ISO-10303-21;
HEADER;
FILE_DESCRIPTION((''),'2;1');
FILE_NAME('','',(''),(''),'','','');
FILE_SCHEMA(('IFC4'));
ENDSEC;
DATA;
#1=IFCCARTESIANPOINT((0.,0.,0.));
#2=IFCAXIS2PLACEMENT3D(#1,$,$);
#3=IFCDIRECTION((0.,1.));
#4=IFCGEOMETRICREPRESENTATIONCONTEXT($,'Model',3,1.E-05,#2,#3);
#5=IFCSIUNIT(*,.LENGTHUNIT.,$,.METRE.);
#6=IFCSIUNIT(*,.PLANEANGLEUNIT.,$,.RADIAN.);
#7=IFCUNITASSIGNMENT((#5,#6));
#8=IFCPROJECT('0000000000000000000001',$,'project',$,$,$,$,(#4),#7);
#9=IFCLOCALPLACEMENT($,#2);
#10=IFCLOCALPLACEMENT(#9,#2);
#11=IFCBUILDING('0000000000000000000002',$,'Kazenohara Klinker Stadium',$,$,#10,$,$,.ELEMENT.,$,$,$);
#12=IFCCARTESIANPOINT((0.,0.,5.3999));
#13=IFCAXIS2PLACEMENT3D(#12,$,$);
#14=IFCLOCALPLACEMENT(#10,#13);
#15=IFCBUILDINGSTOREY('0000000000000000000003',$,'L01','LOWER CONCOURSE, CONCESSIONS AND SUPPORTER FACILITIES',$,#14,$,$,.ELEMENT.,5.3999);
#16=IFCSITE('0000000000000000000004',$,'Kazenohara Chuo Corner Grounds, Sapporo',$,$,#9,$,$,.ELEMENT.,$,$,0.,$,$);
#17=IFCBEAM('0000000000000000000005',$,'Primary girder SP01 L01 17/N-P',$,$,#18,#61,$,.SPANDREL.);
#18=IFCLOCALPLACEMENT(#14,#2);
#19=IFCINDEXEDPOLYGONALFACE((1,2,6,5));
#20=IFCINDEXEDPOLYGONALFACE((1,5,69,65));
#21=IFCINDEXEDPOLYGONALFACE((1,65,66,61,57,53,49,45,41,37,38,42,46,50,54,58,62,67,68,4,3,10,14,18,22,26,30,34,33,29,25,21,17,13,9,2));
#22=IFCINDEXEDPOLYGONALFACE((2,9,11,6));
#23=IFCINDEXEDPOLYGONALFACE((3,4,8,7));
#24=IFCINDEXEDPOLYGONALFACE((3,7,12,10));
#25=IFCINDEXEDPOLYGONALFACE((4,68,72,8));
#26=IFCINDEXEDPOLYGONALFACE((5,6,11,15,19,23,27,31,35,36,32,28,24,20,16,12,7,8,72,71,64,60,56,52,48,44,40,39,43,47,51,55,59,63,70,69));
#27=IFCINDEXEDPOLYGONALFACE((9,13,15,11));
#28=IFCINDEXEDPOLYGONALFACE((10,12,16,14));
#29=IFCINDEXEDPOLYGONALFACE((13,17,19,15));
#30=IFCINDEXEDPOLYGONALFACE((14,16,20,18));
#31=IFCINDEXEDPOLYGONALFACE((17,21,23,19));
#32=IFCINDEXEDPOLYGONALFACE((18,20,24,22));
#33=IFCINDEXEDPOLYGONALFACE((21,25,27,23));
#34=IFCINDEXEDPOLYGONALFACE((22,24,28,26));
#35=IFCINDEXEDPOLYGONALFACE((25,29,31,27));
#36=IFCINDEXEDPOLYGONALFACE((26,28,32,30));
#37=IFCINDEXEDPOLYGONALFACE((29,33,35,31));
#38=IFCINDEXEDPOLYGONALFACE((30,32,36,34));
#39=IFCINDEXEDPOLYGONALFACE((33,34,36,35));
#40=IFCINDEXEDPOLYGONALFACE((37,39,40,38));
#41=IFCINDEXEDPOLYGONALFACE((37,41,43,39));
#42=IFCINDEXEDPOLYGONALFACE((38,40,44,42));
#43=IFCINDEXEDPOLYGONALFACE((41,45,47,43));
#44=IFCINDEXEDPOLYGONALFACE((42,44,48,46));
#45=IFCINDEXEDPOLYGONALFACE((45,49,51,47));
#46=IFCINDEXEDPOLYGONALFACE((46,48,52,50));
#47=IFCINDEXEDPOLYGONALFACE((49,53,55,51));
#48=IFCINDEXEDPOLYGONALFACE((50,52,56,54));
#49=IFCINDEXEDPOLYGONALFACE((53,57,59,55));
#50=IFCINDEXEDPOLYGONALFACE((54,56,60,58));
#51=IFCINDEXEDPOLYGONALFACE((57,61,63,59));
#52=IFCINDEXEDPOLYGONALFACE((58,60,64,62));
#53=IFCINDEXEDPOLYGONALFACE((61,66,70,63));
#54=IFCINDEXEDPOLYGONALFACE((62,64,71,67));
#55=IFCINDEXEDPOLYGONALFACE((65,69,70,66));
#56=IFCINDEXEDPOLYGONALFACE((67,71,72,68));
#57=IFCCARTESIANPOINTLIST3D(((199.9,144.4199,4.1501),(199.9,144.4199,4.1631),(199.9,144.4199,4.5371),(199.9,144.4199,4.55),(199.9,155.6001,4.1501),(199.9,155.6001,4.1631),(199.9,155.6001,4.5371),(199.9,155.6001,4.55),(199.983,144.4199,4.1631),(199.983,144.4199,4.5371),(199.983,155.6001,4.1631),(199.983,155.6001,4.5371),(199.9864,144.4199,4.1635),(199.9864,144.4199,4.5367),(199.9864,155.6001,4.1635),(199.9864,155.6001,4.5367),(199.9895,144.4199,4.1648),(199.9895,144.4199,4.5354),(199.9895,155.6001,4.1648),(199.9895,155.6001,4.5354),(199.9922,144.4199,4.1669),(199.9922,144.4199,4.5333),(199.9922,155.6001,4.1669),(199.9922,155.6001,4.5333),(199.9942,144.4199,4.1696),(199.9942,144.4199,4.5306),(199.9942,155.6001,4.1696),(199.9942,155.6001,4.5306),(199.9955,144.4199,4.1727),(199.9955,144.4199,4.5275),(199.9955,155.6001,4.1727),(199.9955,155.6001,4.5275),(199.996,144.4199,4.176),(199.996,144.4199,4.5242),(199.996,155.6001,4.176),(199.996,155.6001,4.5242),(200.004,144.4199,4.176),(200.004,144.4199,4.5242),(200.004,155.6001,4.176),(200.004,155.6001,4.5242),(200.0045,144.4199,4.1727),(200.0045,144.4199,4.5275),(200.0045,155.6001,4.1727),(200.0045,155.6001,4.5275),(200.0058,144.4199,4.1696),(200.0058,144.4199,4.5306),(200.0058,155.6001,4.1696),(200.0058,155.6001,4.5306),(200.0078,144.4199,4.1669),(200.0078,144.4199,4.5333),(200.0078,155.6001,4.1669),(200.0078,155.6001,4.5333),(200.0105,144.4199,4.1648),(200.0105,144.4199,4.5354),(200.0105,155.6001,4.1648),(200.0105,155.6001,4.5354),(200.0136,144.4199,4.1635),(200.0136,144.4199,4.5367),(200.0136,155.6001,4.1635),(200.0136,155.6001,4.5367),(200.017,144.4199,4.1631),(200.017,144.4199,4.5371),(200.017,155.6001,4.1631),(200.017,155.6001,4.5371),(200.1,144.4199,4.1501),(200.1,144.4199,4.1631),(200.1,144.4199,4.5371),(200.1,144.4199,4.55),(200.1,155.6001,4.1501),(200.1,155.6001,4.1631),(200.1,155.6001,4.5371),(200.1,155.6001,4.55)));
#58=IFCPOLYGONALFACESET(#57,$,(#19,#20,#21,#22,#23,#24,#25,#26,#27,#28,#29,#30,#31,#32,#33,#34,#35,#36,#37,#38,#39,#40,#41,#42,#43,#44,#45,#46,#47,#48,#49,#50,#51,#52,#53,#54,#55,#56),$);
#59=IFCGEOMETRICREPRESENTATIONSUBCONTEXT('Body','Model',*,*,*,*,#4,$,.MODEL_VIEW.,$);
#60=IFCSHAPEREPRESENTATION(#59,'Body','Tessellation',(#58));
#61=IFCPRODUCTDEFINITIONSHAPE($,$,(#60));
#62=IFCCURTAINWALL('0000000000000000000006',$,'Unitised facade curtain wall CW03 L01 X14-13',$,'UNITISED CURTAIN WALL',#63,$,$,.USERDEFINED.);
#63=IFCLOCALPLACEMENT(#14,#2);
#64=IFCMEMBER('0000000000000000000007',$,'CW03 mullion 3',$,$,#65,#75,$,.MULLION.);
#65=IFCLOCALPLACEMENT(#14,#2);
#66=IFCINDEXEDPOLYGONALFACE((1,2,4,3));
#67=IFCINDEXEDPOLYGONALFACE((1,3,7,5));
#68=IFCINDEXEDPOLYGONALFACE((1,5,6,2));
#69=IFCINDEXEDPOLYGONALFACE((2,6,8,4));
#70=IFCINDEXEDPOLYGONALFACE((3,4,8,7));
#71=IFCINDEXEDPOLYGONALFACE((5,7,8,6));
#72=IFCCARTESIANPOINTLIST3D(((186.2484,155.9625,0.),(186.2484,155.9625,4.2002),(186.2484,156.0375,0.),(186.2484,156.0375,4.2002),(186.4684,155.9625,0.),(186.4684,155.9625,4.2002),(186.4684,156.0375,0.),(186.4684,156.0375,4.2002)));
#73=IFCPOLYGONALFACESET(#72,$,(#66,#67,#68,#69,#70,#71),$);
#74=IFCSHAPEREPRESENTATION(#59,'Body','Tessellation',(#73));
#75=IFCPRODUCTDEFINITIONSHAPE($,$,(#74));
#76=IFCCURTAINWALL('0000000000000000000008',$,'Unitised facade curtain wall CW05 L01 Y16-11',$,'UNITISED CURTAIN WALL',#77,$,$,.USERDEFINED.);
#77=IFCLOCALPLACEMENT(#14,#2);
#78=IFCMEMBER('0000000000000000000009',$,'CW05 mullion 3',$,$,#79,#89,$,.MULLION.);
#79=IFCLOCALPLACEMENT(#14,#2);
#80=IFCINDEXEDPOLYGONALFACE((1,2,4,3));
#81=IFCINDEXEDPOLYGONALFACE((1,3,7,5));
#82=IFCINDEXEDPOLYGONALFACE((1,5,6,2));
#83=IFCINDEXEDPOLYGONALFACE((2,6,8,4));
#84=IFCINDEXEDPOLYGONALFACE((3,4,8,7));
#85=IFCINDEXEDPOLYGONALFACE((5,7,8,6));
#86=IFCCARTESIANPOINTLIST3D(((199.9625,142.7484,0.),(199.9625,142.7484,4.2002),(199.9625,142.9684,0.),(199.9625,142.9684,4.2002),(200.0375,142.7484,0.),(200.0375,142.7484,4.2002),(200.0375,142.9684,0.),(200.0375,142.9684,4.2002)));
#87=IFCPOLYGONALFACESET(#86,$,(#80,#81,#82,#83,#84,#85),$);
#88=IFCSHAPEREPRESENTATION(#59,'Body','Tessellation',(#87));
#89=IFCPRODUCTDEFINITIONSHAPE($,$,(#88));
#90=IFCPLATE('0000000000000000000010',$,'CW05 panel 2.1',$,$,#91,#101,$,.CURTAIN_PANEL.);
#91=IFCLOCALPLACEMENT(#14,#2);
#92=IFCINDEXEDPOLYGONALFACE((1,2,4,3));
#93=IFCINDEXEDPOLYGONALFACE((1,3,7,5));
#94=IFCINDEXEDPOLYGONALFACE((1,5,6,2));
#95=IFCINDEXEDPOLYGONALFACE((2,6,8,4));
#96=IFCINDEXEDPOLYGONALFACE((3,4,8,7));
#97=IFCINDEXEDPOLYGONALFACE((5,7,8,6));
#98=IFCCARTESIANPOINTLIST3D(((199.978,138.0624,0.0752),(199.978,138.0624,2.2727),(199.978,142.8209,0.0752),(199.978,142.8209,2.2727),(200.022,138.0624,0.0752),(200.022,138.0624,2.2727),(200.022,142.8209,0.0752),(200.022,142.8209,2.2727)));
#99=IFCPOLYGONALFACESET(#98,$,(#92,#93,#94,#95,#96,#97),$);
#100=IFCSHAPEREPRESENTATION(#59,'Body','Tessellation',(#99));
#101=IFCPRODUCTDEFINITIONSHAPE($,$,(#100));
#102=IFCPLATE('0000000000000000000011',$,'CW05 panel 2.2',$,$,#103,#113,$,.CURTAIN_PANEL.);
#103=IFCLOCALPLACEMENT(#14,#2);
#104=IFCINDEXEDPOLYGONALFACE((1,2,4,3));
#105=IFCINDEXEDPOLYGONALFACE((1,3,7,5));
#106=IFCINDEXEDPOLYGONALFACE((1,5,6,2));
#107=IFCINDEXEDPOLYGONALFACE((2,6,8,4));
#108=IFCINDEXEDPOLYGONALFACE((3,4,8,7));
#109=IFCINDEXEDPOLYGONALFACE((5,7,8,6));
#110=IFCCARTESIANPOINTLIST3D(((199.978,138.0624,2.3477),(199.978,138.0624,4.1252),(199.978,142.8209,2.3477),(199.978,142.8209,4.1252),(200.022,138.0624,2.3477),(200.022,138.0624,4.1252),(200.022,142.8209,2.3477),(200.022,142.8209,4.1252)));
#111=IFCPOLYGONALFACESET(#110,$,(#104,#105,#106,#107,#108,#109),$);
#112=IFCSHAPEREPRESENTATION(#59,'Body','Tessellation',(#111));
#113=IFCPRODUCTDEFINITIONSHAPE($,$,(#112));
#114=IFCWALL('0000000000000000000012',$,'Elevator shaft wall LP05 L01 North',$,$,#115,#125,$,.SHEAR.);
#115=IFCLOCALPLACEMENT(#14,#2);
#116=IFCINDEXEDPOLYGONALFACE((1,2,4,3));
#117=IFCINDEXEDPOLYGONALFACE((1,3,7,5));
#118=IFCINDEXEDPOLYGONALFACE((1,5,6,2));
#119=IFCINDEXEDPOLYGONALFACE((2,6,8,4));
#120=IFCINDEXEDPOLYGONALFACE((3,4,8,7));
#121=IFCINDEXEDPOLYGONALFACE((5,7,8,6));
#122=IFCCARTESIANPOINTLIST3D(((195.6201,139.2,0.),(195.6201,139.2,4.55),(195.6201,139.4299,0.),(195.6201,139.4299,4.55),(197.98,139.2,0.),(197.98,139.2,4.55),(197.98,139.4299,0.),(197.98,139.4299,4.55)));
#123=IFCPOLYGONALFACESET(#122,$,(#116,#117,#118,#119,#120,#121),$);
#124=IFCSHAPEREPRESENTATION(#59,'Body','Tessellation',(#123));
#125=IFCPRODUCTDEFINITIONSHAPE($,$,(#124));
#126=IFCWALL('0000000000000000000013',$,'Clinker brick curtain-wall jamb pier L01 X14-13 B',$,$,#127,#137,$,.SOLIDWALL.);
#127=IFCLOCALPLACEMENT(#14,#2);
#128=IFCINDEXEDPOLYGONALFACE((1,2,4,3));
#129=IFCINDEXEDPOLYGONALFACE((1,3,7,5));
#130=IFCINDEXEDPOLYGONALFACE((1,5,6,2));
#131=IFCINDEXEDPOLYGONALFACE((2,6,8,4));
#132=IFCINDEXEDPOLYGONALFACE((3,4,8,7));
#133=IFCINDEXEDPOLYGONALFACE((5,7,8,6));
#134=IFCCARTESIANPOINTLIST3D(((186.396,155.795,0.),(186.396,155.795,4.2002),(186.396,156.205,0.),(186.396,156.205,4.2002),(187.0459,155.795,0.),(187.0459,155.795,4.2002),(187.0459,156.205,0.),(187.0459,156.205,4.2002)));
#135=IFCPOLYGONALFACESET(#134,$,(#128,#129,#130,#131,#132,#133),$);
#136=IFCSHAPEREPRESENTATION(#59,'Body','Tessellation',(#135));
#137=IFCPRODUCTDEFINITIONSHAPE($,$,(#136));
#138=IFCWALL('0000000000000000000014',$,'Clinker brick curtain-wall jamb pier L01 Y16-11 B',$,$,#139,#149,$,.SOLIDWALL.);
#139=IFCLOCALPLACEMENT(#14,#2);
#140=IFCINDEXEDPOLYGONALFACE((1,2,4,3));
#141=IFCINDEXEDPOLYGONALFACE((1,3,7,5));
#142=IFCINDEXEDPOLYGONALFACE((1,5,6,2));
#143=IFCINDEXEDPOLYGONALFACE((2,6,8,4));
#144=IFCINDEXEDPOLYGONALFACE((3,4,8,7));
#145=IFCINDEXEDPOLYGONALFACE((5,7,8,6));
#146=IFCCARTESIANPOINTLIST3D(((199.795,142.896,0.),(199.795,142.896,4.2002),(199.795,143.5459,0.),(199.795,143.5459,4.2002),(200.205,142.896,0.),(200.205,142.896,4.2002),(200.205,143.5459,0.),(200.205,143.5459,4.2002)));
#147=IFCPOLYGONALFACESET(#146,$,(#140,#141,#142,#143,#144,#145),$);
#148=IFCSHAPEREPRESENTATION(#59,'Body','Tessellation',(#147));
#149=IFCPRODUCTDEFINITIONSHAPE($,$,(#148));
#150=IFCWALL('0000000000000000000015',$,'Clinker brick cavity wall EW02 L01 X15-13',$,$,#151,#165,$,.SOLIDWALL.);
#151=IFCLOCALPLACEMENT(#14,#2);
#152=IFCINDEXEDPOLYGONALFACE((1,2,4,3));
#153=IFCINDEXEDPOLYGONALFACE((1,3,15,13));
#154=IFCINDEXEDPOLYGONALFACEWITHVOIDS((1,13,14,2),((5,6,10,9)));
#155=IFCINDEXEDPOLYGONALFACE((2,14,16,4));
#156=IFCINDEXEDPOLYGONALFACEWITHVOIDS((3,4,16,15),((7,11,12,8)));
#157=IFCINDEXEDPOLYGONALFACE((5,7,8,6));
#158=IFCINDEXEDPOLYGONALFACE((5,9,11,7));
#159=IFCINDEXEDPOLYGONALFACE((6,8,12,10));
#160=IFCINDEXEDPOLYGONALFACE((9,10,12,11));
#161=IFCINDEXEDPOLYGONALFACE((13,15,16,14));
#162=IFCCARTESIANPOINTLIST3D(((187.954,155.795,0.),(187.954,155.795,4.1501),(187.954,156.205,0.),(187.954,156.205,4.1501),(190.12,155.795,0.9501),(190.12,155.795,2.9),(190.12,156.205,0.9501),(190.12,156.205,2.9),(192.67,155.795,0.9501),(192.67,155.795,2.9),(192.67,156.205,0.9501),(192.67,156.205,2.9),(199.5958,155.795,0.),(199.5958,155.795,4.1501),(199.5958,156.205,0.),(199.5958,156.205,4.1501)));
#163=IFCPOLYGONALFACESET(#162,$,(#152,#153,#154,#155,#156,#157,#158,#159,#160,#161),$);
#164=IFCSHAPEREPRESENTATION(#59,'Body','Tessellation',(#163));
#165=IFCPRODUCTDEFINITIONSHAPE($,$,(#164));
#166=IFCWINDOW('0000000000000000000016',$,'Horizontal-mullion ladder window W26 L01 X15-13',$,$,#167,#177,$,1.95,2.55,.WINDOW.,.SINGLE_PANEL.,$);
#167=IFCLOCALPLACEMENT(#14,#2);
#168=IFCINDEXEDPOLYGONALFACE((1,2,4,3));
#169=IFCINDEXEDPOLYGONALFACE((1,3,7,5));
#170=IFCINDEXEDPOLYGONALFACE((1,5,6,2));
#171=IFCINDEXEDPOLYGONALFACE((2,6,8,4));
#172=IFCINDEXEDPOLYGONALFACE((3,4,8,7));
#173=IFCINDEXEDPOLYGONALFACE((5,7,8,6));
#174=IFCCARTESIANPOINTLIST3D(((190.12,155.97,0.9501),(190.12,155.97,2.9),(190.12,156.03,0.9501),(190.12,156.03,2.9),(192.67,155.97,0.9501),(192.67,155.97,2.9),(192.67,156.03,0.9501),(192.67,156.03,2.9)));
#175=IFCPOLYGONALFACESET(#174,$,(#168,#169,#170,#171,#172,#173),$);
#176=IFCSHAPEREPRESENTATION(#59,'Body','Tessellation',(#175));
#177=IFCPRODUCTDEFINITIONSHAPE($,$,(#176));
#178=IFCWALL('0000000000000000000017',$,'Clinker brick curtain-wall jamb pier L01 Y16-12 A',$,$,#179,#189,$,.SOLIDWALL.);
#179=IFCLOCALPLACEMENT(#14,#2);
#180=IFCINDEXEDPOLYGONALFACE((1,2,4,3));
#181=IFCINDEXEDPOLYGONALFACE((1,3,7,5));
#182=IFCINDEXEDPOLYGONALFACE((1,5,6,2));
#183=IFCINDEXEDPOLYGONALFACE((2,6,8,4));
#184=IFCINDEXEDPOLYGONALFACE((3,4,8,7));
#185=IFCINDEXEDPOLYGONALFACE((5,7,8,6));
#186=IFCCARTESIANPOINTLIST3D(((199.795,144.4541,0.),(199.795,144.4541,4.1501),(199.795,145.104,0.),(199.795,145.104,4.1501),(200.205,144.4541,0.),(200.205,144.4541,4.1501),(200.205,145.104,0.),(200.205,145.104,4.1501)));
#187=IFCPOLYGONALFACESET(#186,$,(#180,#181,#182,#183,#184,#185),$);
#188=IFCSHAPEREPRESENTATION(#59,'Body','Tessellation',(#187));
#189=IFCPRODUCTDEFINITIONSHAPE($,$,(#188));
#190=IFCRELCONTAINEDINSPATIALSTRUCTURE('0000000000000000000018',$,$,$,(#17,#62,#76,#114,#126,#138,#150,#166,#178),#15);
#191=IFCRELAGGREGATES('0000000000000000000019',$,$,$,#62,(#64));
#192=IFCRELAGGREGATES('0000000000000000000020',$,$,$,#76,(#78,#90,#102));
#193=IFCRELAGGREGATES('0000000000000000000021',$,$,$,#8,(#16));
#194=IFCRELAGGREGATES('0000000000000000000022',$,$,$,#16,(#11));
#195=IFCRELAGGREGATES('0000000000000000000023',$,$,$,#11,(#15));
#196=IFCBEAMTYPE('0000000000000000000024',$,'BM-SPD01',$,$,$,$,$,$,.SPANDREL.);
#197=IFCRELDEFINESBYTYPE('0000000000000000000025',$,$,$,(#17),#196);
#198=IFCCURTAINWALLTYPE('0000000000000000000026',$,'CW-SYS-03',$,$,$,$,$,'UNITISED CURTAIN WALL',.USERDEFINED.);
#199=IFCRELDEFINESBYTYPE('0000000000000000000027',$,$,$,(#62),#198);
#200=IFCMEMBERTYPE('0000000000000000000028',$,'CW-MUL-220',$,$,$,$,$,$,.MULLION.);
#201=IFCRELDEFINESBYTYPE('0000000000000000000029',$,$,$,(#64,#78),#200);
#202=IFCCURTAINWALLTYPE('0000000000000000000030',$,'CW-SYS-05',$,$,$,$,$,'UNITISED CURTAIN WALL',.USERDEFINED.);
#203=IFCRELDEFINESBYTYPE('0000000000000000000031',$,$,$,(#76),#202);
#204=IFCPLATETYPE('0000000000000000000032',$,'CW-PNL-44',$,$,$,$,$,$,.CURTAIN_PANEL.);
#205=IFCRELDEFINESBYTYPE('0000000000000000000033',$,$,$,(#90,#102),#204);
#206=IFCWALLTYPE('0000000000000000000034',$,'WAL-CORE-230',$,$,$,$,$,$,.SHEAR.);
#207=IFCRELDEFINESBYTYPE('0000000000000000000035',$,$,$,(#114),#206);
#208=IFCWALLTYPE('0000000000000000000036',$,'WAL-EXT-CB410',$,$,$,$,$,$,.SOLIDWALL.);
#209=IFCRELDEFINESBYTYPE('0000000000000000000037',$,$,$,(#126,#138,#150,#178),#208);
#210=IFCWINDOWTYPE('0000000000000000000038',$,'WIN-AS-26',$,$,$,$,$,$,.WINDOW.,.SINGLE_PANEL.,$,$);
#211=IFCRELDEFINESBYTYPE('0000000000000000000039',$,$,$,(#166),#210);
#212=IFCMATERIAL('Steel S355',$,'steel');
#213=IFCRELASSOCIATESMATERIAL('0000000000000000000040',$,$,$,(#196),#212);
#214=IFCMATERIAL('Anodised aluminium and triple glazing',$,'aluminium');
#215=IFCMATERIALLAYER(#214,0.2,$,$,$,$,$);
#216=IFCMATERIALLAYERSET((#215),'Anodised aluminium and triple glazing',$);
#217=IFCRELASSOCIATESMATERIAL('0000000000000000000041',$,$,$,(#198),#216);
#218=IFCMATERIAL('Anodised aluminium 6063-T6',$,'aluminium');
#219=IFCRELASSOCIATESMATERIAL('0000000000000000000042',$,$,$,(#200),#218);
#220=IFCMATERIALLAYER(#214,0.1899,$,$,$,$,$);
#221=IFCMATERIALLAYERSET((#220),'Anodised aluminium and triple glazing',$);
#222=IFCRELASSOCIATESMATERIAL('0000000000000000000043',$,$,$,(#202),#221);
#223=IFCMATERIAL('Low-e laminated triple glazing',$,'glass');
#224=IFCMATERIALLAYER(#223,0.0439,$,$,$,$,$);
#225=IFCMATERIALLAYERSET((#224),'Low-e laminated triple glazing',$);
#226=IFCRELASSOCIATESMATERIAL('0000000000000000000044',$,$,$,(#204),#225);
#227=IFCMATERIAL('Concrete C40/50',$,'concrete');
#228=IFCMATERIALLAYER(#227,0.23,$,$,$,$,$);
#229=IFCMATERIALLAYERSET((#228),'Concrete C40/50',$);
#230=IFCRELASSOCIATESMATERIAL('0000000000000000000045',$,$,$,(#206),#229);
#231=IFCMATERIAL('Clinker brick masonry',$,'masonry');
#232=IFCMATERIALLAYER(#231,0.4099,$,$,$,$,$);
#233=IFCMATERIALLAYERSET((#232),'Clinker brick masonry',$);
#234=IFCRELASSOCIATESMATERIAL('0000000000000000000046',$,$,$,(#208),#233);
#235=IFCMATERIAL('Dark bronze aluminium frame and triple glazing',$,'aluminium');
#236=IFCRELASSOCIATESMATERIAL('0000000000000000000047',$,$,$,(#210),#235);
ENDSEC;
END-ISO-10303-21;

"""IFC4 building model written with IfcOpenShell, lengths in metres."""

from ifc_helpers import new_model, si_unit, direction, frame, frame_2d, origin, origin_2d, place, context, subcontext, project, spatial, rectangle, i_section, extrude, material, layer, layer_set, material_profile, profile_set, type_object, element, fill, aggregate, save


model = new_model("IFC4")

# Units and contexts
model_context = context("Model", 3, precision=1e-05, world=origin(), true_north=direction((0.0, 1.0)))
body_context = subcontext(model_context, "Body", "Model", "MODEL_VIEW")
ifc_project = project(units=[si_unit("LENGTHUNIT", "METRE"), si_unit("PLANEANGLEUNIT", "RADIAN")], contexts=[model_context])

# Site, building, storey
site_placement = place(None, origin())
site = spatial("IfcSite", under=ifc_project, at=site_placement, Name="Kazenohara Chuo Corner Grounds, Sapporo", CompositionType="ELEMENT", RefElevation=0.0)
building_placement = place(site_placement, origin())
building = spatial("IfcBuilding", under=site, at=building_placement, Name="Kazenohara Klinker Stadium", CompositionType="ELEMENT")
storey_placement = place(building_placement, frame((0.0, 0.0, 5.3999)))
storey = spatial("IfcBuildingStorey", under=building, at=storey_placement, Name="L01", Description="LOWER CONCOURSE, CONCESSIONS AND SUPPORTER FACILITIES", CompositionType="ELEMENT", Elevation=5.3999)

# Shared definitions
ifc_material_1 = material(Name="Concrete C40/50", Category="concrete")

# Beam
ifc_material_2 = material(Name="Steel S355", Category="steel")
ifc_material_profile_1 = material_profile(ifc_material_2, i_section(OverallWidth=0.2, OverallDepth=0.3999, WebThickness=0.0081, FlangeThickness=0.0129, FilletRadius=0.0129, at=origin_2d()), Name="H-400x200x8x13")
ifc_profile_set_1 = profile_set([ifc_material_profile_1], Name="Steel S355")
beam_type_1 = type_object("IfcBeamType", Name="BM-SPD01", PredefinedType="SPANDREL", material=ifc_profile_set_1)
beam_1_placement = place(storey_placement, frame((200.0, 144.4199, 4.3501), z_axis=(0.0, 1.0, 0.0), x_axis=(-1.0, 0.0, 0.0)))
element("IfcBeam", 1, at=beam_1_placement, inside=storey, type_object=beam_type_1, Name="Primary girder SP01 L01 17/N-P", PredefinedType="SPANDREL", context=body_context, shape_type="SweptSolid", body=[
    extrude(i_section(OverallWidth=0.2, OverallDepth=0.3999, WebThickness=0.0081, FlangeThickness=0.0129, FilletRadius=0.0129, at=origin_2d()), origin(), (0.0, 0.0, 1.0), 11.1802),
])

# Curtain wall, member
ifc_material_3 = material(Name="Anodised aluminium and triple glazing", Category="aluminium")
ifc_layer_1 = layer(ifc_material_3, 0.2)
ifc_layer_set_1 = layer_set([ifc_layer_1], Name="Anodised aluminium and triple glazing")
curtain_wall_type_1 = type_object("IfcCurtainWallType", Name="CW-SYS-03", ElementType="UNITISED CURTAIN WALL", PredefinedType="USERDEFINED", material=ifc_layer_set_1)
curtain_wall_1_placement = place(storey_placement, origin())
curtain_wall_1 = element("IfcCurtainWall", 2, at=curtain_wall_1_placement, inside=storey, type_object=curtain_wall_type_1, Name="Unitised facade curtain wall CW03 L01 X14-13", ObjectType="UNITISED CURTAIN WALL", PredefinedType="USERDEFINED")
ifc_material_4 = material(Name="Anodised aluminium 6063-T6", Category="aluminium")
ifc_material_profile_2 = material_profile(ifc_material_4, rectangle(XDim=0.075, YDim=0.22, at=origin_2d()), Name="ALU-MUL-75x220")
ifc_profile_set_2 = profile_set([ifc_material_profile_2], Name="Anodised aluminium 6063-T6")
member_type = type_object("IfcMemberType", Name="CW-MUL-220", PredefinedType="MULLION", material=ifc_profile_set_2)
member_1_placement = place(storey_placement, frame((186.3584, 156.0, 0.0), z_axis=(0.0, 0.0, 1.0), x_axis=(0.0, 1.0, 0.0)))
member_1 = element("IfcMember", 3, at=member_1_placement, type_object=member_type, Name="CW03 mullion 3", PredefinedType="MULLION", context=body_context, shape_type="SweptSolid", body=[
    extrude(rectangle(XDim=0.075, YDim=0.22, at=origin_2d()), origin(), (0.0, 0.0, 1.0), 4.2002),
])
aggregate(curtain_wall_1, [member_1])

# Curtain wall, member, plates
ifc_layer_2 = layer(ifc_material_3, 0.1899)
ifc_layer_set_2 = layer_set([ifc_layer_2], Name="Anodised aluminium and triple glazing")
curtain_wall_type_2 = type_object("IfcCurtainWallType", Name="CW-SYS-05", ElementType="UNITISED CURTAIN WALL", PredefinedType="USERDEFINED", material=ifc_layer_set_2)
curtain_wall_2_placement = place(storey_placement, origin())
curtain_wall_2 = element("IfcCurtainWall", 4, at=curtain_wall_2_placement, inside=storey, type_object=curtain_wall_type_2, Name="Unitised facade curtain wall CW05 L01 Y16-11", ObjectType="UNITISED CURTAIN WALL", PredefinedType="USERDEFINED")
member_2_placement = place(storey_placement, frame((200.0, 142.8584, 0.0), z_axis=(0.0, 0.0, 1.0), x_axis=(-1.0, 0.0, 0.0)))
member_2 = element("IfcMember", 5, at=member_2_placement, type_object=member_type, Name="CW05 mullion 3", PredefinedType="MULLION", context=body_context, shape_type="SweptSolid", body=[
    extrude(rectangle(XDim=0.075, YDim=0.22, at=origin_2d()), origin(), (0.0, 0.0, 1.0), 4.2002),
])
ifc_material_5 = material(Name="Low-e laminated triple glazing", Category="glass")
ifc_layer_3 = layer(ifc_material_5, 0.0439)
ifc_layer_set_3 = layer_set([ifc_layer_3], Name="Low-e laminated triple glazing")
plate_type = type_object("IfcPlateType", Name="CW-PNL-44", PredefinedType="CURTAIN_PANEL", material=ifc_layer_set_3)
plate_1_placement = place(storey_placement, frame((200.0, 140.4417, 0.0752), z_axis=(0.0, 0.0, 1.0), x_axis=(0.0, 1.0, 0.0)))
plate_1 = element("IfcPlate", 6, at=plate_1_placement, type_object=plate_type, Name="CW05 panel 2.1", PredefinedType="CURTAIN_PANEL", context=body_context, shape_type="SweptSolid", body=[
    extrude(rectangle(XDim=4.7585, YDim=0.0439, at=origin_2d()), origin(), (0.0, 0.0, 1.0), 2.1975),
])
plate_2_placement = place(storey_placement, frame((200.0, 140.4417, 2.3477), z_axis=(0.0, 0.0, 1.0), x_axis=(0.0, 1.0, 0.0)))
plate_2 = element("IfcPlate", 7, at=plate_2_placement, type_object=plate_type, Name="CW05 panel 2.2", PredefinedType="CURTAIN_PANEL", context=body_context, shape_type="SweptSolid", body=[
    extrude(rectangle(XDim=4.7585, YDim=0.0439, at=origin_2d()), origin(), (0.0, 0.0, 1.0), 1.7776),
])
aggregate(curtain_wall_2, [member_2, plate_1, plate_2])

# Walls
ifc_layer_4 = layer(ifc_material_1, 0.23)
ifc_layer_set_4 = layer_set([ifc_layer_4], Name="Concrete C40/50")
wall_type_1 = type_object("IfcWallType", Name="WAL-CORE-230", PredefinedType="SHEAR", material=ifc_layer_set_4)
wall_1_placement = place(storey_placement, frame((195.6201, 139.3149, 0.0), z_axis=(0.0, 0.0, 1.0), x_axis=(1.0, 0.0, 0.0)))
element("IfcWall", 8, at=wall_1_placement, inside=storey, type_object=wall_type_1, Name="Elevator shaft wall LP05 L01 North", PredefinedType="SHEAR", context=body_context, shape_type="SweptSolid", body=[
    extrude(rectangle(XDim=2.3599, YDim=0.23, at=frame_2d((1.1799, 0.0))), origin(), (0.0, 0.0, 1.0), 4.55),
])
ifc_material_6 = material(Name="Clinker brick masonry", Category="masonry")
ifc_layer_5 = layer(ifc_material_6, 0.4099)
ifc_layer_set_5 = layer_set([ifc_layer_5], Name="Clinker brick masonry")
wall_type_2 = type_object("IfcWallType", Name="WAL-EXT-CB410", PredefinedType="SOLIDWALL", material=ifc_layer_set_5)
for number, where, z_axis, x_axis, name in (
    (9, (186.396, 156.0, 0.0), (0.0, 0.0, 1.0), (1.0, 0.0, 0.0), "Clinker brick curtain-wall jamb pier L01 X14-13 B"),
    (10, (200.0, 142.896, 0.0), (0.0, 0.0, 1.0), (0.0, 1.0, 0.0), "Clinker brick curtain-wall jamb pier L01 Y16-11 B"),
):
    element("IfcWall", number, at=place(storey_placement, frame(where, z_axis=z_axis, x_axis=x_axis)), inside=storey, type_object=wall_type_2, Name=name, PredefinedType="SOLIDWALL", context=body_context, shape_type="SweptSolid", body=[
        extrude(rectangle(XDim=0.6499, YDim=0.4099, at=frame_2d((0.325, 0.0))), origin(), (0.0, 0.0, 1.0), 4.2002),
    ])

# Wall, opening, window
wall_2_placement = place(storey_placement, frame((187.9541, 156.0, 0.0), z_axis=(0.0, 0.0, 1.0), x_axis=(1.0, 0.0, 0.0)))
wall_2 = element("IfcWall", 11, at=wall_2_placement, inside=storey, type_object=wall_type_2, Name="Clinker brick cavity wall EW02 L01 X15-13", PredefinedType="SOLIDWALL", context=body_context, shape_type="SweptSolid", body=[
    extrude(rectangle(XDim=11.6418, YDim=0.4099, at=frame_2d((5.8208, 0.0))), origin(), (0.0, 0.0, 1.0), 4.1501),
])
opening_1_placement = place(wall_2_placement, frame((2.166, 0.0, 0.95)))
opening_1 = element("IfcOpeningElement", 12, at=opening_1_placement, cuts=wall_2, PredefinedType="OPENING", context=body_context, shape_type="SweptSolid", body=[
    extrude(rectangle(XDim=2.55, YDim=1.95, at=frame_2d((1.2749, 0.9751))), frame((0.0, 0.2148, 0.0), z_axis=(0.0, -1.0, 0.0), x_axis=(1.0, 0.0, 0.0)), (0.0, 0.0, 1.0), 0.4299),
])
ifc_material_7 = material(Name="Dark bronze aluminium frame and triple glazing", Category="aluminium")
window_type = type_object("IfcWindowType", Name="WIN-AS-26", PartitioningType="SINGLE_PANEL", PredefinedType="WINDOW", material=ifc_material_7)
window_placement = place(opening_1_placement, origin())
window = element("IfcWindow", 13, at=window_placement, inside=storey, type_object=window_type, Name="Horizontal-mullion ladder window W26 L01 X15-13", OverallHeight=1.95, OverallWidth=2.55, PartitioningType="SINGLE_PANEL", PredefinedType="WINDOW", context=body_context, shape_type="SweptSolid", body=[
    extrude(rectangle(XDim=2.55, YDim=1.95, at=frame_2d((1.2749, 0.9751))), frame((0.0, 0.03, 0.0), z_axis=(0.0, -1.0, 0.0), x_axis=(1.0, 0.0, 0.0)), (0.0, 0.0, 1.0), 0.0601),
])
fill(opening_1, window)

# Wall
wall_3_placement = place(storey_placement, frame((200.0, 144.4541, 0.0), z_axis=(0.0, 0.0, 1.0), x_axis=(0.0, 1.0, 0.0)))
element("IfcWall", 14, at=wall_3_placement, inside=storey, type_object=wall_type_2, Name="Clinker brick curtain-wall jamb pier L01 Y16-12 A", PredefinedType="SOLIDWALL", context=body_context, shape_type="SweptSolid", body=[
    extrude(rectangle(XDim=0.6499, YDim=0.4099, at=frame_2d((0.325, 0.0))), origin(), (0.0, 0.0, 1.0), 4.1501),
])

save(model, "model.ifc")
